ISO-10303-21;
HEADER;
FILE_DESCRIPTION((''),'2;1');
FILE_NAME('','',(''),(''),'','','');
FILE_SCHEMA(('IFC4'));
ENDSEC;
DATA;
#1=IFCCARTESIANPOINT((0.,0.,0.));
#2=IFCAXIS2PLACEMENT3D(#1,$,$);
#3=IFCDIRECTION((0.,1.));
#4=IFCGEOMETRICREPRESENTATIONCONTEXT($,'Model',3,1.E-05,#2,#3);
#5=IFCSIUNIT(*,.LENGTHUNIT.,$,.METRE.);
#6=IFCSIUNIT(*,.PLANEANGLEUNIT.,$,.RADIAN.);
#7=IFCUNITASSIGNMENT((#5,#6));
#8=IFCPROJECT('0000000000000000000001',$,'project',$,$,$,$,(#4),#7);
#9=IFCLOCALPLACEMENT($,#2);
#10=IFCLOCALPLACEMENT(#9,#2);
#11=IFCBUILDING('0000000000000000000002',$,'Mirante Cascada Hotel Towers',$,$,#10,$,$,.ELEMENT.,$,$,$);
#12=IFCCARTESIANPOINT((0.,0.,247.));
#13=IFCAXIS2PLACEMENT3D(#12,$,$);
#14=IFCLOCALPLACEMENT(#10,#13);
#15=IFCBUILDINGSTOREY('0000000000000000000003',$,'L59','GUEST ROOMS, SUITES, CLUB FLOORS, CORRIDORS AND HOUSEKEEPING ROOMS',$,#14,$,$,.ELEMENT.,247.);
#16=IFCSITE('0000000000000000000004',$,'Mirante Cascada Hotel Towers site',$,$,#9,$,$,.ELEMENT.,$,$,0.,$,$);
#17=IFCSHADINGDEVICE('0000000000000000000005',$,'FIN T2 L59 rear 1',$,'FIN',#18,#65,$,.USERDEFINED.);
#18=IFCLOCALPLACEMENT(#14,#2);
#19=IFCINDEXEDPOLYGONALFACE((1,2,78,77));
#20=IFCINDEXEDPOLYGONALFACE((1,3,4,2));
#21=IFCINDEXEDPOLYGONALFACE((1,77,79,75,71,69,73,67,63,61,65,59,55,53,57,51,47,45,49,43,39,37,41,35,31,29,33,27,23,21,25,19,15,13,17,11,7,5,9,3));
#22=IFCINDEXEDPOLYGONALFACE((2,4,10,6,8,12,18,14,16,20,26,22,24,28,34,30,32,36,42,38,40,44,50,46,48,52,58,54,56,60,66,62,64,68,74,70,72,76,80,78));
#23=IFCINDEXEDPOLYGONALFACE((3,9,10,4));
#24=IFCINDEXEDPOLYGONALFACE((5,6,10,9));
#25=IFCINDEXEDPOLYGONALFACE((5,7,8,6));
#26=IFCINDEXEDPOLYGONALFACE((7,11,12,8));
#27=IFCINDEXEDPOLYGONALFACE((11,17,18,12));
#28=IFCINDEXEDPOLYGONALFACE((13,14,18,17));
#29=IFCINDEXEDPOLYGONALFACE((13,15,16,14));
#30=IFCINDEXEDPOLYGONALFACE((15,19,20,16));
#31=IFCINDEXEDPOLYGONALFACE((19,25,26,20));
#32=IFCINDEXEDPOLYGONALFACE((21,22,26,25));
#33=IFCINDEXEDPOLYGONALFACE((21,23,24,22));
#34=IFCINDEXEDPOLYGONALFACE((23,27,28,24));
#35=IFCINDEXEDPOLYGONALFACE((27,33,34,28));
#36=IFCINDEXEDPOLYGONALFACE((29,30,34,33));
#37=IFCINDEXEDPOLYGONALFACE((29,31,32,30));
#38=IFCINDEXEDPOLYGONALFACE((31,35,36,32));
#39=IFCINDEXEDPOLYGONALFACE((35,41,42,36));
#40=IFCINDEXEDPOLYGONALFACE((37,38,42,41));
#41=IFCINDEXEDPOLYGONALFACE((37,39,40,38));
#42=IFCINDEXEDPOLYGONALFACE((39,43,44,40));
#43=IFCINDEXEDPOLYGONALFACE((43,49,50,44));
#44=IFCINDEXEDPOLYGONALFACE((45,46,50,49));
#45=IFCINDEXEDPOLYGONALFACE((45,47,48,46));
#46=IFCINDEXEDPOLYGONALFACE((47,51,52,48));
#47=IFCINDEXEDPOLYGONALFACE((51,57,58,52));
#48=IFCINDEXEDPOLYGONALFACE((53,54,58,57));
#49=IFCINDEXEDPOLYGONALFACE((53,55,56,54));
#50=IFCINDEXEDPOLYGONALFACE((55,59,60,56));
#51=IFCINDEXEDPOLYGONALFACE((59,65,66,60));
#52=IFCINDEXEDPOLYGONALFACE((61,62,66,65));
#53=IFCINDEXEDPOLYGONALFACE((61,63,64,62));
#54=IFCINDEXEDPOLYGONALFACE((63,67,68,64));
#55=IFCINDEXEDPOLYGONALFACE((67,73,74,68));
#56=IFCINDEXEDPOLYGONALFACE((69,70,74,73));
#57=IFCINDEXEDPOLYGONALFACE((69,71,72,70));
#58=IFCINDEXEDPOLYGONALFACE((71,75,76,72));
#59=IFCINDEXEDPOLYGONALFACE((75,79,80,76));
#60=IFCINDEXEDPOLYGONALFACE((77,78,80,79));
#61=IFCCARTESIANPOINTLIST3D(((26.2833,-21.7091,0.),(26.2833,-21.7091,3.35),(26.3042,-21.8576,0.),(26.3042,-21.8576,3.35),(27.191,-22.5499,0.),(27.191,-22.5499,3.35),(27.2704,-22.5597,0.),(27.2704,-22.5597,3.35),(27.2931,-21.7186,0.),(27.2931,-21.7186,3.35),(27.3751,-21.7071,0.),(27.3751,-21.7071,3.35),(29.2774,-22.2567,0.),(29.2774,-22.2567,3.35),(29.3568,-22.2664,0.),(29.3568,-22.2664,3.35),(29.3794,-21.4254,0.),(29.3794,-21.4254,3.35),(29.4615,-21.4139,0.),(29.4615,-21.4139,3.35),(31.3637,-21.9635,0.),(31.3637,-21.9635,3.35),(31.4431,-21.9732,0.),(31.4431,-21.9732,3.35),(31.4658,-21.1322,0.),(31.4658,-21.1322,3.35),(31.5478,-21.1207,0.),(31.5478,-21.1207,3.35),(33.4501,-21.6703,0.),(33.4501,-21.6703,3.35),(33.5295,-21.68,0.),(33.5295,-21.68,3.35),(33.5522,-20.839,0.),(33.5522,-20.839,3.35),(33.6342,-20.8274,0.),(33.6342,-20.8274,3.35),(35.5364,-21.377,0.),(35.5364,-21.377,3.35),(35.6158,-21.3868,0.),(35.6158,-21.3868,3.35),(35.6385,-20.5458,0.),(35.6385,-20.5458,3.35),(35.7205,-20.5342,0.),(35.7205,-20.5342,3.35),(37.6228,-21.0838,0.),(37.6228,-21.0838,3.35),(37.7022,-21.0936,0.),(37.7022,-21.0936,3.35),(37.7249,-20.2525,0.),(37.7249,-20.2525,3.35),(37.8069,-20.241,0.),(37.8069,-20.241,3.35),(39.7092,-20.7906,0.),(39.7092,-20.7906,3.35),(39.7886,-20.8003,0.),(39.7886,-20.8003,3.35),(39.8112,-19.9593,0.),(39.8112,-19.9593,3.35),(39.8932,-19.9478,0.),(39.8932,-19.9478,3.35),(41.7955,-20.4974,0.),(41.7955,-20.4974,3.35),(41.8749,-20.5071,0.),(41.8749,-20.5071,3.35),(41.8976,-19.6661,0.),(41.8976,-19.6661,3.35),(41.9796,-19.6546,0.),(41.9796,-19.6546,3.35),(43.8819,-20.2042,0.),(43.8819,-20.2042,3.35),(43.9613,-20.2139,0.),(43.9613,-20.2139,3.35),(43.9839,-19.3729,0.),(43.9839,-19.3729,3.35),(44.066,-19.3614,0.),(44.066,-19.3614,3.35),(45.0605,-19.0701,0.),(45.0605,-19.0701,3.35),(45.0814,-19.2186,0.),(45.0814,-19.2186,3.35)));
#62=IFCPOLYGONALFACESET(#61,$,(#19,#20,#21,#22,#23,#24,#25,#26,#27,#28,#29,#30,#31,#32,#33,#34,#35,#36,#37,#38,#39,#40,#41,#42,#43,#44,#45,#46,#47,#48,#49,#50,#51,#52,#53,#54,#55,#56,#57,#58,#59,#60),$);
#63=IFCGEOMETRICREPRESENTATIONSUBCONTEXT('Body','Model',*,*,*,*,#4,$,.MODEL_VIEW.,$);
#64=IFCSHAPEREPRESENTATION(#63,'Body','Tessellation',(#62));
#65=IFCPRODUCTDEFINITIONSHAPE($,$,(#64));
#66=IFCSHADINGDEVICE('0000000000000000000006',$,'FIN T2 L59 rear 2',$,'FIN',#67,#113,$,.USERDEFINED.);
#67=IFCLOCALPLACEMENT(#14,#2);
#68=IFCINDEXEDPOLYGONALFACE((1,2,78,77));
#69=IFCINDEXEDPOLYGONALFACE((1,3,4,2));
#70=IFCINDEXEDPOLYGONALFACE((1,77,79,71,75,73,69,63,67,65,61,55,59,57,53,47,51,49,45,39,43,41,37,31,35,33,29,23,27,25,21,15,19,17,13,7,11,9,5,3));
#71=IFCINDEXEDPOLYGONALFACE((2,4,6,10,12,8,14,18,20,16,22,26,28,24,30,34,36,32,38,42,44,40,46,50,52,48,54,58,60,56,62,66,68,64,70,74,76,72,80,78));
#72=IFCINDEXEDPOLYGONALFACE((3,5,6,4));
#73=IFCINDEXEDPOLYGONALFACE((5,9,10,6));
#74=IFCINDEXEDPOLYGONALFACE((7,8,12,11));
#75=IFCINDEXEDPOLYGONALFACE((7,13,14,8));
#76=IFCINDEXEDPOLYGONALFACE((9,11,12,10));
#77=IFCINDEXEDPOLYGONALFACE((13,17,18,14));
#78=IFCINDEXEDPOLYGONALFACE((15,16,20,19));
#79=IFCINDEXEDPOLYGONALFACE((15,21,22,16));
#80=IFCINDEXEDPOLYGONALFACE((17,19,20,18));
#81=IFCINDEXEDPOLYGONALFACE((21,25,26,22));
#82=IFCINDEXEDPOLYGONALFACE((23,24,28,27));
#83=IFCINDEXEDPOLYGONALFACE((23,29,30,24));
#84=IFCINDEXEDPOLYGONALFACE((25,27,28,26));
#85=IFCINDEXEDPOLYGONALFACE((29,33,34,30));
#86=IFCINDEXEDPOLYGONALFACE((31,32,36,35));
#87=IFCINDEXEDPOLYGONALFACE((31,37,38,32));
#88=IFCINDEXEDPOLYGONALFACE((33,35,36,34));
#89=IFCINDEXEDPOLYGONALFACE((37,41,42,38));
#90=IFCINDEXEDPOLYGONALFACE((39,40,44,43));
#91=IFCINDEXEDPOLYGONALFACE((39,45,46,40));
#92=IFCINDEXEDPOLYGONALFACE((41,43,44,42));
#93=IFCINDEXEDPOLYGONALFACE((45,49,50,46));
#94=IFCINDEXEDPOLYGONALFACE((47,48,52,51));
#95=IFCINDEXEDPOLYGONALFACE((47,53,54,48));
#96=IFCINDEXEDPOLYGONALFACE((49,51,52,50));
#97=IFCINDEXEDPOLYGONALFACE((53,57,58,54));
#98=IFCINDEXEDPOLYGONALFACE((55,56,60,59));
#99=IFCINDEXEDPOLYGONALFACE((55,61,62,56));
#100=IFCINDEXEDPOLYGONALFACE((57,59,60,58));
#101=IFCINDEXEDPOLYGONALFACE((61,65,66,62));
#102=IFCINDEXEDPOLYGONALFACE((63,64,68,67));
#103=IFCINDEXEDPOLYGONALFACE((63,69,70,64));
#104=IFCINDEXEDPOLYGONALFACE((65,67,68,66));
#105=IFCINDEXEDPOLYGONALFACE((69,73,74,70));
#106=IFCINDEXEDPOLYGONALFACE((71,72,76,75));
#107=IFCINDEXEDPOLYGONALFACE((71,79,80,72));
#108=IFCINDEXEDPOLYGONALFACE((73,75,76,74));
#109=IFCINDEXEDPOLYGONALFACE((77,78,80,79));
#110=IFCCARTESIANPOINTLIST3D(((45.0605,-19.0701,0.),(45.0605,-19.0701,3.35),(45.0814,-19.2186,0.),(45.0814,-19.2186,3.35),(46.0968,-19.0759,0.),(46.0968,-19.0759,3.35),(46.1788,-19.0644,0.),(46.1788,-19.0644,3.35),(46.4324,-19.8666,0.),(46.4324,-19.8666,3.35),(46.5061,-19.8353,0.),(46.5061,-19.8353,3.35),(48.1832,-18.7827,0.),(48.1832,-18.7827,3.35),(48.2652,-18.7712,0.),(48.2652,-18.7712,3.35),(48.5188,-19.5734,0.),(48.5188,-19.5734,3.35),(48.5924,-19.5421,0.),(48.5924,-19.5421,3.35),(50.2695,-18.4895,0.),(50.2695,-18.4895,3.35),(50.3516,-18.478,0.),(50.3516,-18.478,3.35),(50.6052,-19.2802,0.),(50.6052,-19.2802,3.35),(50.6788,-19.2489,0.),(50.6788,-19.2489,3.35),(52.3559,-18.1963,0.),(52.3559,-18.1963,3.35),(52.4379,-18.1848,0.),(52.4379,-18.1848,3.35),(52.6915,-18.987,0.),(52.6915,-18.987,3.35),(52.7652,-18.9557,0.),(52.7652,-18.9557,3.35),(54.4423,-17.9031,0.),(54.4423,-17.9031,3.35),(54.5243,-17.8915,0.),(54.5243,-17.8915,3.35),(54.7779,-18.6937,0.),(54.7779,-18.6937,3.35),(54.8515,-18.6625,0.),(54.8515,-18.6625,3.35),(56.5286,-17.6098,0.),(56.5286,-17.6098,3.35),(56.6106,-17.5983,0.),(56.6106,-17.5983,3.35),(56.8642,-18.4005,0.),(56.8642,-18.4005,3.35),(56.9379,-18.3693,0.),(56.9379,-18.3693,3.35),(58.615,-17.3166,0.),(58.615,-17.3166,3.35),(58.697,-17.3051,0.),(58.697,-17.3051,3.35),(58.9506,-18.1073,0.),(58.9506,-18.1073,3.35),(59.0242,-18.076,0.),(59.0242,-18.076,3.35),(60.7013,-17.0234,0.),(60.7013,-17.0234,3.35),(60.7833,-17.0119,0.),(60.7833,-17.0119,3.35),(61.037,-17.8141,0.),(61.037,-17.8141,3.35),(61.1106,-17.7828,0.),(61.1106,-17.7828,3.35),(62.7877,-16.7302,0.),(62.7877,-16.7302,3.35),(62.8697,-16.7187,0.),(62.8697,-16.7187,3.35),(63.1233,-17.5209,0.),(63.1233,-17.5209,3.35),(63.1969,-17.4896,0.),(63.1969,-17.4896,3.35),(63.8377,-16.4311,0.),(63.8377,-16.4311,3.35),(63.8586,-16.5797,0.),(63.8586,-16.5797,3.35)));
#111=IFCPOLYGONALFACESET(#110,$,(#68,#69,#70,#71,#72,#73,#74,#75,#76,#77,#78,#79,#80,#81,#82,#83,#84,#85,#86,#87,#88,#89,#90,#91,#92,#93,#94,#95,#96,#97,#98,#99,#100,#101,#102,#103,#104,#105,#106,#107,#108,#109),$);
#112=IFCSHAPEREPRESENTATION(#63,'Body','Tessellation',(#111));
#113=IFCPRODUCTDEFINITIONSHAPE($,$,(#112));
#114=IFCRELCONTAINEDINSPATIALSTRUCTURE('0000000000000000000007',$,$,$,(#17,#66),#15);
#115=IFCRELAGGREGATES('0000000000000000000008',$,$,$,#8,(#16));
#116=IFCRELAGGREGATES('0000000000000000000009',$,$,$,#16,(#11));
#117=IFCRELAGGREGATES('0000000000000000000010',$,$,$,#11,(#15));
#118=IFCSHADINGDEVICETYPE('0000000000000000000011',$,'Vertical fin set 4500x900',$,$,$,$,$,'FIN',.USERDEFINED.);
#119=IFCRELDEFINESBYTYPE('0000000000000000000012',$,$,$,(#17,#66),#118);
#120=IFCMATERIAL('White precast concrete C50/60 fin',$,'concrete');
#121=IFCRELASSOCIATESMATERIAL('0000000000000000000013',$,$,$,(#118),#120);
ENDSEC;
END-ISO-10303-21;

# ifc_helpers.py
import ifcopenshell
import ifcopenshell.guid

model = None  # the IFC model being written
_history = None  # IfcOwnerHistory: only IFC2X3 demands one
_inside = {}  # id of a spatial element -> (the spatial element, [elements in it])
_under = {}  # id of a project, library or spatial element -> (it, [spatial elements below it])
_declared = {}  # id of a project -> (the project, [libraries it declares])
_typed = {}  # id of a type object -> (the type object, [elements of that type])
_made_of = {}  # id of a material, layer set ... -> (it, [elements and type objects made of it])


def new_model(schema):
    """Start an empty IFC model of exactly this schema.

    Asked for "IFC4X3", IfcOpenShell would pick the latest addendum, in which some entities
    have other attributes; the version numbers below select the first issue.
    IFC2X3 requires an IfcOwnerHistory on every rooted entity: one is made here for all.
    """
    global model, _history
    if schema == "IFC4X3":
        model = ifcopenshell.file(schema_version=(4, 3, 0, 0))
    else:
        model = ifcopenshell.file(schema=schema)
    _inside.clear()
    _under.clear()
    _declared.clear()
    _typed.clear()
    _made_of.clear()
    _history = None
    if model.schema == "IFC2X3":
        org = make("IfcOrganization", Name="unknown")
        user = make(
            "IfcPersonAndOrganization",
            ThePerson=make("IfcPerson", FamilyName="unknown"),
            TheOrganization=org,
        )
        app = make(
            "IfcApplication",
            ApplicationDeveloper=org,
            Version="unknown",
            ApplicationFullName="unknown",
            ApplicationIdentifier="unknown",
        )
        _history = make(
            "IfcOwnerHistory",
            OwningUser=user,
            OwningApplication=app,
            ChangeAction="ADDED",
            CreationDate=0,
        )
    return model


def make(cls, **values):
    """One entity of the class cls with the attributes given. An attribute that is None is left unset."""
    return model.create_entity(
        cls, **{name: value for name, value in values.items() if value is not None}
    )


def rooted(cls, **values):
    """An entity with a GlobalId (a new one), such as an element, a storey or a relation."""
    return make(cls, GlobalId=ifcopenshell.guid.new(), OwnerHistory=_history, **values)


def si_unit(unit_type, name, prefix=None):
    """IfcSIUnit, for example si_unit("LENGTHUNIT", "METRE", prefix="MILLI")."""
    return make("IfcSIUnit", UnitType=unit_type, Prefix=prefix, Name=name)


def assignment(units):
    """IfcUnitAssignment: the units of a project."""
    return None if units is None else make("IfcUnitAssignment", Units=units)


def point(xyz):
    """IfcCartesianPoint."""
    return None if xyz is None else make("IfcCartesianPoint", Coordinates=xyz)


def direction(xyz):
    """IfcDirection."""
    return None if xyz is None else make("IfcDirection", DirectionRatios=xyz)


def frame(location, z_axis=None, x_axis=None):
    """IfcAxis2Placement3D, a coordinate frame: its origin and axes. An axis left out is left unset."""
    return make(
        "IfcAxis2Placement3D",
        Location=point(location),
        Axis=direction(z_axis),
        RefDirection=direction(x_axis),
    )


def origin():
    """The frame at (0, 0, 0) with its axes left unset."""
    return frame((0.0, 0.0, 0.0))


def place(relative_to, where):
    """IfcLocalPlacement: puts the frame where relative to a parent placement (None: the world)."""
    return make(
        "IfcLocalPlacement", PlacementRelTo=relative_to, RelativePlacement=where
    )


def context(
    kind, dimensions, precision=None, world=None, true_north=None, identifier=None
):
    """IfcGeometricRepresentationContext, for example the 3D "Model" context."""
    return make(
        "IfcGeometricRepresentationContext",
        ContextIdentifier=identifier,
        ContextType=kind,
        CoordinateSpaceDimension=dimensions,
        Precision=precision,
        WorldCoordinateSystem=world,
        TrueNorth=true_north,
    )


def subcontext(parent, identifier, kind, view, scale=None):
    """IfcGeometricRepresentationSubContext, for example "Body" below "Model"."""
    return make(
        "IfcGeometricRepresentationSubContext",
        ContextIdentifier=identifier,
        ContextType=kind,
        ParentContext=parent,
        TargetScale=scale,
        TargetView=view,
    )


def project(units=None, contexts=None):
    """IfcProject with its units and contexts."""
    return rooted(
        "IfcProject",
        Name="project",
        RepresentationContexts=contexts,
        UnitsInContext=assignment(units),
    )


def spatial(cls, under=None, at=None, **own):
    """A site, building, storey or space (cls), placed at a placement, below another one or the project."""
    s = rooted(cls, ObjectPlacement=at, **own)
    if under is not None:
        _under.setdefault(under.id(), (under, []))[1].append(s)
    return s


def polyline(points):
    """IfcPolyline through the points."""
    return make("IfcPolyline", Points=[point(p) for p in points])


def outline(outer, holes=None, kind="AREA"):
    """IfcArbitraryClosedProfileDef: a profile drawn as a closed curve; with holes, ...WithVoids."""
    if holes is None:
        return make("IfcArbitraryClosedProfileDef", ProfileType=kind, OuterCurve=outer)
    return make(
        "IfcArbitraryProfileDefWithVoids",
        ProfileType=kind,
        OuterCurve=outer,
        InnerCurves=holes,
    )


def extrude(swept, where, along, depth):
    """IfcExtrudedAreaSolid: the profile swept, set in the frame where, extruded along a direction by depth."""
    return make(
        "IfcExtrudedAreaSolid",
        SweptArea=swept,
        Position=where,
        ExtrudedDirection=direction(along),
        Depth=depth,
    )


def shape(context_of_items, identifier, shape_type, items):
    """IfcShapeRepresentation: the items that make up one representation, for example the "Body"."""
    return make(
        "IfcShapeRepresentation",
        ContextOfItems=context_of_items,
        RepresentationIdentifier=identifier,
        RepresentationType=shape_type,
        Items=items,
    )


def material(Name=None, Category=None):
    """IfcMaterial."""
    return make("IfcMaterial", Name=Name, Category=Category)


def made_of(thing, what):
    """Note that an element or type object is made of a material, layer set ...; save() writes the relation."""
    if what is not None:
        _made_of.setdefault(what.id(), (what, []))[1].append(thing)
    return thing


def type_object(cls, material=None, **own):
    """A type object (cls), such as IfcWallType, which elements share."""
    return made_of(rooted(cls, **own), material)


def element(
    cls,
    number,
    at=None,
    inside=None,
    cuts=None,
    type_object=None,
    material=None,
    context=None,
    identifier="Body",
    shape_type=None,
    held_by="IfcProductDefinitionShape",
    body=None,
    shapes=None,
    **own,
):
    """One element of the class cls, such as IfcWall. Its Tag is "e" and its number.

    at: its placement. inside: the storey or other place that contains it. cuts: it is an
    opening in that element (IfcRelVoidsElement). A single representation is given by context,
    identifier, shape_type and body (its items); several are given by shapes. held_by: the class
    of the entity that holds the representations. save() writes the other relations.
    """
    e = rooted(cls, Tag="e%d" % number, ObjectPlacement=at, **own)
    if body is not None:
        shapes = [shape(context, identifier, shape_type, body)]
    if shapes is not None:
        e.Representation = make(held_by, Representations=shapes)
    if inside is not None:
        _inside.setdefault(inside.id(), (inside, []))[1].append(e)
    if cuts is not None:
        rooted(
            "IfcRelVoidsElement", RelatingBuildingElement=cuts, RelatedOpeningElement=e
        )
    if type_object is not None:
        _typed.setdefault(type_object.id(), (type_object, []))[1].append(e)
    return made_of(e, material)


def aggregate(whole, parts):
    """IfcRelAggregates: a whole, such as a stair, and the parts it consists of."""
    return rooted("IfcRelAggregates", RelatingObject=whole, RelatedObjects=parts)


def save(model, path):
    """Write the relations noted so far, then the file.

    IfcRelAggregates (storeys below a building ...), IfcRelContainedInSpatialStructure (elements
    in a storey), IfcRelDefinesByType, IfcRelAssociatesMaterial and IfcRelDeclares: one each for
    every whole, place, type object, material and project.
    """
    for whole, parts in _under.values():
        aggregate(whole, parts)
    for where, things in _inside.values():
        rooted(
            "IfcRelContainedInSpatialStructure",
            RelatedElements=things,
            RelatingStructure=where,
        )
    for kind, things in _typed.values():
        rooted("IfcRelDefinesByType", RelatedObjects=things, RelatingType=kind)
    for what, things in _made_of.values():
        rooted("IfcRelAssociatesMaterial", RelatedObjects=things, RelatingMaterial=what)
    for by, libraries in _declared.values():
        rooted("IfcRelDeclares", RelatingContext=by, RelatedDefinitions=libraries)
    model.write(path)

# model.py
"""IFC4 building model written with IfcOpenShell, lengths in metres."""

from ifc_helpers import new_model, si_unit, direction, frame, origin, place, context, subcontext, project, spatial, polyline, outline, extrude, material, type_object, element, save


model = new_model("IFC4")

# Units and contexts
model_context = context("Model", 3, precision=1e-05, world=origin(), true_north=direction((0.0, 1.0)))
body_context = subcontext(model_context, "Body", "Model", "MODEL_VIEW")
ifc_project = project(units=[si_unit("LENGTHUNIT", "METRE"), si_unit("PLANEANGLEUNIT", "RADIAN")], contexts=[model_context])

# Site, building, storey
site_placement = place(None, origin())
site = spatial("IfcSite", under=ifc_project, at=site_placement, Name="Mirante Cascada Hotel Towers site", CompositionType="ELEMENT", RefElevation=0.0)
building_placement = place(site_placement, origin())
building = spatial("IfcBuilding", under=site, at=building_placement, Name="Mirante Cascada Hotel Towers", CompositionType="ELEMENT")
storey_placement = place(building_placement, frame((0.0, 0.0, 247.0)))
storey = spatial("IfcBuildingStorey", under=building, at=storey_placement, Name="L59", Description="GUEST ROOMS, SUITES, CLUB FLOORS, CORRIDORS AND HOUSEKEEPING ROOMS", CompositionType="ELEMENT", Elevation=247.0)

# Shading devices
ifc_material_1 = material(Name="White precast concrete C50/60 fin", Category="concrete")
shading_device_type = type_object("IfcShadingDeviceType", Name="Vertical fin set 4500x900", ElementType="FIN", PredefinedType="USERDEFINED", material=ifc_material_1)
shading_device_1_placement = place(storey_placement, origin())
element("IfcShadingDevice", 1, at=shading_device_1_placement, inside=storey, type_object=shading_device_type, Name="FIN T2 L59 rear 1", ObjectType="FIN", PredefinedType="USERDEFINED", context=body_context, shape_type="SweptSolid", body=[
    extrude(outline(polyline([(27.191, -22.5499), (27.2931, -21.7186), (26.3042, -21.8576), (26.2833, -21.7091), (45.0605, -19.0701), (45.0814, -19.2186), (44.066, -19.3614), (43.9613, -20.2139), (43.8819, -20.2042), (43.9839, -19.3729), (41.9796, -19.6546), (41.8749, -20.5071), (41.7955, -20.4974), (41.8976, -19.6661), (39.8932, -19.9478), (39.7886, -20.8003), (39.7092, -20.7906), (39.8112, -19.9593), (37.8069, -20.241), (37.7022, -21.0936), (37.6228, -21.0838), (37.7249, -20.2525), (35.7205, -20.5342), (35.6158, -21.3868), (35.5364, -21.377), (35.6385, -20.5458), (33.6342, -20.8274), (33.5295, -21.68), (33.4501, -21.6703), (33.5522, -20.839), (31.5478, -21.1207), (31.4431, -21.9732), (31.3637, -21.9635), (31.4658, -21.1322), (29.4615, -21.4139), (29.3568, -22.2664), (29.2774, -22.2567), (29.3794, -21.4254), (27.3751, -21.7071), (27.2704, -22.5597), (27.191, -22.5499)])), origin(), (0.0, 0.0, 1.0), 3.35),
])
shading_device_2_placement = place(storey_placement, origin())
element("IfcShadingDevice", 2, at=shading_device_2_placement, inside=storey, type_object=shading_device_type, Name="FIN T2 L59 rear 2", ObjectType="FIN", PredefinedType="USERDEFINED", context=body_context, shape_type="SweptSolid", body=[
    extrude(outline(polyline([(46.4324, -19.8666), (46.0968, -19.0759), (45.0814, -19.2186), (45.0605, -19.0701), (63.8377, -16.4311), (63.8586, -16.5797), (62.8697, -16.7187), (63.1969, -17.4896), (63.1233, -17.5209), (62.7877, -16.7302), (60.7833, -17.0119), (61.1106, -17.7828), (61.037, -17.8141), (60.7013, -17.0234), (58.697, -17.3051), (59.0242, -18.076), (58.9506, -18.1073), (58.615, -17.3166), (56.6106, -17.5983), (56.9379, -18.3693), (56.8642, -18.4005), (56.5286, -17.6098), (54.5243, -17.8915), (54.8515, -18.6625), (54.7779, -18.6937), (54.4423, -17.9031), (52.4379, -18.1848), (52.7652, -18.9557), (52.6915, -18.987), (52.3559, -18.1963), (50.3516, -18.478), (50.6788, -19.2489), (50.6052, -19.2802), (50.2695, -18.4895), (48.2652, -18.7712), (48.5924, -19.5421), (48.5188, -19.5734), (48.1832, -18.7827), (46.1788, -19.0644), (46.5061, -19.8353), (46.4324, -19.8666)])), origin(), (0.0, 0.0, 1.0), 3.35),
])

save(model, "model.ifc")
